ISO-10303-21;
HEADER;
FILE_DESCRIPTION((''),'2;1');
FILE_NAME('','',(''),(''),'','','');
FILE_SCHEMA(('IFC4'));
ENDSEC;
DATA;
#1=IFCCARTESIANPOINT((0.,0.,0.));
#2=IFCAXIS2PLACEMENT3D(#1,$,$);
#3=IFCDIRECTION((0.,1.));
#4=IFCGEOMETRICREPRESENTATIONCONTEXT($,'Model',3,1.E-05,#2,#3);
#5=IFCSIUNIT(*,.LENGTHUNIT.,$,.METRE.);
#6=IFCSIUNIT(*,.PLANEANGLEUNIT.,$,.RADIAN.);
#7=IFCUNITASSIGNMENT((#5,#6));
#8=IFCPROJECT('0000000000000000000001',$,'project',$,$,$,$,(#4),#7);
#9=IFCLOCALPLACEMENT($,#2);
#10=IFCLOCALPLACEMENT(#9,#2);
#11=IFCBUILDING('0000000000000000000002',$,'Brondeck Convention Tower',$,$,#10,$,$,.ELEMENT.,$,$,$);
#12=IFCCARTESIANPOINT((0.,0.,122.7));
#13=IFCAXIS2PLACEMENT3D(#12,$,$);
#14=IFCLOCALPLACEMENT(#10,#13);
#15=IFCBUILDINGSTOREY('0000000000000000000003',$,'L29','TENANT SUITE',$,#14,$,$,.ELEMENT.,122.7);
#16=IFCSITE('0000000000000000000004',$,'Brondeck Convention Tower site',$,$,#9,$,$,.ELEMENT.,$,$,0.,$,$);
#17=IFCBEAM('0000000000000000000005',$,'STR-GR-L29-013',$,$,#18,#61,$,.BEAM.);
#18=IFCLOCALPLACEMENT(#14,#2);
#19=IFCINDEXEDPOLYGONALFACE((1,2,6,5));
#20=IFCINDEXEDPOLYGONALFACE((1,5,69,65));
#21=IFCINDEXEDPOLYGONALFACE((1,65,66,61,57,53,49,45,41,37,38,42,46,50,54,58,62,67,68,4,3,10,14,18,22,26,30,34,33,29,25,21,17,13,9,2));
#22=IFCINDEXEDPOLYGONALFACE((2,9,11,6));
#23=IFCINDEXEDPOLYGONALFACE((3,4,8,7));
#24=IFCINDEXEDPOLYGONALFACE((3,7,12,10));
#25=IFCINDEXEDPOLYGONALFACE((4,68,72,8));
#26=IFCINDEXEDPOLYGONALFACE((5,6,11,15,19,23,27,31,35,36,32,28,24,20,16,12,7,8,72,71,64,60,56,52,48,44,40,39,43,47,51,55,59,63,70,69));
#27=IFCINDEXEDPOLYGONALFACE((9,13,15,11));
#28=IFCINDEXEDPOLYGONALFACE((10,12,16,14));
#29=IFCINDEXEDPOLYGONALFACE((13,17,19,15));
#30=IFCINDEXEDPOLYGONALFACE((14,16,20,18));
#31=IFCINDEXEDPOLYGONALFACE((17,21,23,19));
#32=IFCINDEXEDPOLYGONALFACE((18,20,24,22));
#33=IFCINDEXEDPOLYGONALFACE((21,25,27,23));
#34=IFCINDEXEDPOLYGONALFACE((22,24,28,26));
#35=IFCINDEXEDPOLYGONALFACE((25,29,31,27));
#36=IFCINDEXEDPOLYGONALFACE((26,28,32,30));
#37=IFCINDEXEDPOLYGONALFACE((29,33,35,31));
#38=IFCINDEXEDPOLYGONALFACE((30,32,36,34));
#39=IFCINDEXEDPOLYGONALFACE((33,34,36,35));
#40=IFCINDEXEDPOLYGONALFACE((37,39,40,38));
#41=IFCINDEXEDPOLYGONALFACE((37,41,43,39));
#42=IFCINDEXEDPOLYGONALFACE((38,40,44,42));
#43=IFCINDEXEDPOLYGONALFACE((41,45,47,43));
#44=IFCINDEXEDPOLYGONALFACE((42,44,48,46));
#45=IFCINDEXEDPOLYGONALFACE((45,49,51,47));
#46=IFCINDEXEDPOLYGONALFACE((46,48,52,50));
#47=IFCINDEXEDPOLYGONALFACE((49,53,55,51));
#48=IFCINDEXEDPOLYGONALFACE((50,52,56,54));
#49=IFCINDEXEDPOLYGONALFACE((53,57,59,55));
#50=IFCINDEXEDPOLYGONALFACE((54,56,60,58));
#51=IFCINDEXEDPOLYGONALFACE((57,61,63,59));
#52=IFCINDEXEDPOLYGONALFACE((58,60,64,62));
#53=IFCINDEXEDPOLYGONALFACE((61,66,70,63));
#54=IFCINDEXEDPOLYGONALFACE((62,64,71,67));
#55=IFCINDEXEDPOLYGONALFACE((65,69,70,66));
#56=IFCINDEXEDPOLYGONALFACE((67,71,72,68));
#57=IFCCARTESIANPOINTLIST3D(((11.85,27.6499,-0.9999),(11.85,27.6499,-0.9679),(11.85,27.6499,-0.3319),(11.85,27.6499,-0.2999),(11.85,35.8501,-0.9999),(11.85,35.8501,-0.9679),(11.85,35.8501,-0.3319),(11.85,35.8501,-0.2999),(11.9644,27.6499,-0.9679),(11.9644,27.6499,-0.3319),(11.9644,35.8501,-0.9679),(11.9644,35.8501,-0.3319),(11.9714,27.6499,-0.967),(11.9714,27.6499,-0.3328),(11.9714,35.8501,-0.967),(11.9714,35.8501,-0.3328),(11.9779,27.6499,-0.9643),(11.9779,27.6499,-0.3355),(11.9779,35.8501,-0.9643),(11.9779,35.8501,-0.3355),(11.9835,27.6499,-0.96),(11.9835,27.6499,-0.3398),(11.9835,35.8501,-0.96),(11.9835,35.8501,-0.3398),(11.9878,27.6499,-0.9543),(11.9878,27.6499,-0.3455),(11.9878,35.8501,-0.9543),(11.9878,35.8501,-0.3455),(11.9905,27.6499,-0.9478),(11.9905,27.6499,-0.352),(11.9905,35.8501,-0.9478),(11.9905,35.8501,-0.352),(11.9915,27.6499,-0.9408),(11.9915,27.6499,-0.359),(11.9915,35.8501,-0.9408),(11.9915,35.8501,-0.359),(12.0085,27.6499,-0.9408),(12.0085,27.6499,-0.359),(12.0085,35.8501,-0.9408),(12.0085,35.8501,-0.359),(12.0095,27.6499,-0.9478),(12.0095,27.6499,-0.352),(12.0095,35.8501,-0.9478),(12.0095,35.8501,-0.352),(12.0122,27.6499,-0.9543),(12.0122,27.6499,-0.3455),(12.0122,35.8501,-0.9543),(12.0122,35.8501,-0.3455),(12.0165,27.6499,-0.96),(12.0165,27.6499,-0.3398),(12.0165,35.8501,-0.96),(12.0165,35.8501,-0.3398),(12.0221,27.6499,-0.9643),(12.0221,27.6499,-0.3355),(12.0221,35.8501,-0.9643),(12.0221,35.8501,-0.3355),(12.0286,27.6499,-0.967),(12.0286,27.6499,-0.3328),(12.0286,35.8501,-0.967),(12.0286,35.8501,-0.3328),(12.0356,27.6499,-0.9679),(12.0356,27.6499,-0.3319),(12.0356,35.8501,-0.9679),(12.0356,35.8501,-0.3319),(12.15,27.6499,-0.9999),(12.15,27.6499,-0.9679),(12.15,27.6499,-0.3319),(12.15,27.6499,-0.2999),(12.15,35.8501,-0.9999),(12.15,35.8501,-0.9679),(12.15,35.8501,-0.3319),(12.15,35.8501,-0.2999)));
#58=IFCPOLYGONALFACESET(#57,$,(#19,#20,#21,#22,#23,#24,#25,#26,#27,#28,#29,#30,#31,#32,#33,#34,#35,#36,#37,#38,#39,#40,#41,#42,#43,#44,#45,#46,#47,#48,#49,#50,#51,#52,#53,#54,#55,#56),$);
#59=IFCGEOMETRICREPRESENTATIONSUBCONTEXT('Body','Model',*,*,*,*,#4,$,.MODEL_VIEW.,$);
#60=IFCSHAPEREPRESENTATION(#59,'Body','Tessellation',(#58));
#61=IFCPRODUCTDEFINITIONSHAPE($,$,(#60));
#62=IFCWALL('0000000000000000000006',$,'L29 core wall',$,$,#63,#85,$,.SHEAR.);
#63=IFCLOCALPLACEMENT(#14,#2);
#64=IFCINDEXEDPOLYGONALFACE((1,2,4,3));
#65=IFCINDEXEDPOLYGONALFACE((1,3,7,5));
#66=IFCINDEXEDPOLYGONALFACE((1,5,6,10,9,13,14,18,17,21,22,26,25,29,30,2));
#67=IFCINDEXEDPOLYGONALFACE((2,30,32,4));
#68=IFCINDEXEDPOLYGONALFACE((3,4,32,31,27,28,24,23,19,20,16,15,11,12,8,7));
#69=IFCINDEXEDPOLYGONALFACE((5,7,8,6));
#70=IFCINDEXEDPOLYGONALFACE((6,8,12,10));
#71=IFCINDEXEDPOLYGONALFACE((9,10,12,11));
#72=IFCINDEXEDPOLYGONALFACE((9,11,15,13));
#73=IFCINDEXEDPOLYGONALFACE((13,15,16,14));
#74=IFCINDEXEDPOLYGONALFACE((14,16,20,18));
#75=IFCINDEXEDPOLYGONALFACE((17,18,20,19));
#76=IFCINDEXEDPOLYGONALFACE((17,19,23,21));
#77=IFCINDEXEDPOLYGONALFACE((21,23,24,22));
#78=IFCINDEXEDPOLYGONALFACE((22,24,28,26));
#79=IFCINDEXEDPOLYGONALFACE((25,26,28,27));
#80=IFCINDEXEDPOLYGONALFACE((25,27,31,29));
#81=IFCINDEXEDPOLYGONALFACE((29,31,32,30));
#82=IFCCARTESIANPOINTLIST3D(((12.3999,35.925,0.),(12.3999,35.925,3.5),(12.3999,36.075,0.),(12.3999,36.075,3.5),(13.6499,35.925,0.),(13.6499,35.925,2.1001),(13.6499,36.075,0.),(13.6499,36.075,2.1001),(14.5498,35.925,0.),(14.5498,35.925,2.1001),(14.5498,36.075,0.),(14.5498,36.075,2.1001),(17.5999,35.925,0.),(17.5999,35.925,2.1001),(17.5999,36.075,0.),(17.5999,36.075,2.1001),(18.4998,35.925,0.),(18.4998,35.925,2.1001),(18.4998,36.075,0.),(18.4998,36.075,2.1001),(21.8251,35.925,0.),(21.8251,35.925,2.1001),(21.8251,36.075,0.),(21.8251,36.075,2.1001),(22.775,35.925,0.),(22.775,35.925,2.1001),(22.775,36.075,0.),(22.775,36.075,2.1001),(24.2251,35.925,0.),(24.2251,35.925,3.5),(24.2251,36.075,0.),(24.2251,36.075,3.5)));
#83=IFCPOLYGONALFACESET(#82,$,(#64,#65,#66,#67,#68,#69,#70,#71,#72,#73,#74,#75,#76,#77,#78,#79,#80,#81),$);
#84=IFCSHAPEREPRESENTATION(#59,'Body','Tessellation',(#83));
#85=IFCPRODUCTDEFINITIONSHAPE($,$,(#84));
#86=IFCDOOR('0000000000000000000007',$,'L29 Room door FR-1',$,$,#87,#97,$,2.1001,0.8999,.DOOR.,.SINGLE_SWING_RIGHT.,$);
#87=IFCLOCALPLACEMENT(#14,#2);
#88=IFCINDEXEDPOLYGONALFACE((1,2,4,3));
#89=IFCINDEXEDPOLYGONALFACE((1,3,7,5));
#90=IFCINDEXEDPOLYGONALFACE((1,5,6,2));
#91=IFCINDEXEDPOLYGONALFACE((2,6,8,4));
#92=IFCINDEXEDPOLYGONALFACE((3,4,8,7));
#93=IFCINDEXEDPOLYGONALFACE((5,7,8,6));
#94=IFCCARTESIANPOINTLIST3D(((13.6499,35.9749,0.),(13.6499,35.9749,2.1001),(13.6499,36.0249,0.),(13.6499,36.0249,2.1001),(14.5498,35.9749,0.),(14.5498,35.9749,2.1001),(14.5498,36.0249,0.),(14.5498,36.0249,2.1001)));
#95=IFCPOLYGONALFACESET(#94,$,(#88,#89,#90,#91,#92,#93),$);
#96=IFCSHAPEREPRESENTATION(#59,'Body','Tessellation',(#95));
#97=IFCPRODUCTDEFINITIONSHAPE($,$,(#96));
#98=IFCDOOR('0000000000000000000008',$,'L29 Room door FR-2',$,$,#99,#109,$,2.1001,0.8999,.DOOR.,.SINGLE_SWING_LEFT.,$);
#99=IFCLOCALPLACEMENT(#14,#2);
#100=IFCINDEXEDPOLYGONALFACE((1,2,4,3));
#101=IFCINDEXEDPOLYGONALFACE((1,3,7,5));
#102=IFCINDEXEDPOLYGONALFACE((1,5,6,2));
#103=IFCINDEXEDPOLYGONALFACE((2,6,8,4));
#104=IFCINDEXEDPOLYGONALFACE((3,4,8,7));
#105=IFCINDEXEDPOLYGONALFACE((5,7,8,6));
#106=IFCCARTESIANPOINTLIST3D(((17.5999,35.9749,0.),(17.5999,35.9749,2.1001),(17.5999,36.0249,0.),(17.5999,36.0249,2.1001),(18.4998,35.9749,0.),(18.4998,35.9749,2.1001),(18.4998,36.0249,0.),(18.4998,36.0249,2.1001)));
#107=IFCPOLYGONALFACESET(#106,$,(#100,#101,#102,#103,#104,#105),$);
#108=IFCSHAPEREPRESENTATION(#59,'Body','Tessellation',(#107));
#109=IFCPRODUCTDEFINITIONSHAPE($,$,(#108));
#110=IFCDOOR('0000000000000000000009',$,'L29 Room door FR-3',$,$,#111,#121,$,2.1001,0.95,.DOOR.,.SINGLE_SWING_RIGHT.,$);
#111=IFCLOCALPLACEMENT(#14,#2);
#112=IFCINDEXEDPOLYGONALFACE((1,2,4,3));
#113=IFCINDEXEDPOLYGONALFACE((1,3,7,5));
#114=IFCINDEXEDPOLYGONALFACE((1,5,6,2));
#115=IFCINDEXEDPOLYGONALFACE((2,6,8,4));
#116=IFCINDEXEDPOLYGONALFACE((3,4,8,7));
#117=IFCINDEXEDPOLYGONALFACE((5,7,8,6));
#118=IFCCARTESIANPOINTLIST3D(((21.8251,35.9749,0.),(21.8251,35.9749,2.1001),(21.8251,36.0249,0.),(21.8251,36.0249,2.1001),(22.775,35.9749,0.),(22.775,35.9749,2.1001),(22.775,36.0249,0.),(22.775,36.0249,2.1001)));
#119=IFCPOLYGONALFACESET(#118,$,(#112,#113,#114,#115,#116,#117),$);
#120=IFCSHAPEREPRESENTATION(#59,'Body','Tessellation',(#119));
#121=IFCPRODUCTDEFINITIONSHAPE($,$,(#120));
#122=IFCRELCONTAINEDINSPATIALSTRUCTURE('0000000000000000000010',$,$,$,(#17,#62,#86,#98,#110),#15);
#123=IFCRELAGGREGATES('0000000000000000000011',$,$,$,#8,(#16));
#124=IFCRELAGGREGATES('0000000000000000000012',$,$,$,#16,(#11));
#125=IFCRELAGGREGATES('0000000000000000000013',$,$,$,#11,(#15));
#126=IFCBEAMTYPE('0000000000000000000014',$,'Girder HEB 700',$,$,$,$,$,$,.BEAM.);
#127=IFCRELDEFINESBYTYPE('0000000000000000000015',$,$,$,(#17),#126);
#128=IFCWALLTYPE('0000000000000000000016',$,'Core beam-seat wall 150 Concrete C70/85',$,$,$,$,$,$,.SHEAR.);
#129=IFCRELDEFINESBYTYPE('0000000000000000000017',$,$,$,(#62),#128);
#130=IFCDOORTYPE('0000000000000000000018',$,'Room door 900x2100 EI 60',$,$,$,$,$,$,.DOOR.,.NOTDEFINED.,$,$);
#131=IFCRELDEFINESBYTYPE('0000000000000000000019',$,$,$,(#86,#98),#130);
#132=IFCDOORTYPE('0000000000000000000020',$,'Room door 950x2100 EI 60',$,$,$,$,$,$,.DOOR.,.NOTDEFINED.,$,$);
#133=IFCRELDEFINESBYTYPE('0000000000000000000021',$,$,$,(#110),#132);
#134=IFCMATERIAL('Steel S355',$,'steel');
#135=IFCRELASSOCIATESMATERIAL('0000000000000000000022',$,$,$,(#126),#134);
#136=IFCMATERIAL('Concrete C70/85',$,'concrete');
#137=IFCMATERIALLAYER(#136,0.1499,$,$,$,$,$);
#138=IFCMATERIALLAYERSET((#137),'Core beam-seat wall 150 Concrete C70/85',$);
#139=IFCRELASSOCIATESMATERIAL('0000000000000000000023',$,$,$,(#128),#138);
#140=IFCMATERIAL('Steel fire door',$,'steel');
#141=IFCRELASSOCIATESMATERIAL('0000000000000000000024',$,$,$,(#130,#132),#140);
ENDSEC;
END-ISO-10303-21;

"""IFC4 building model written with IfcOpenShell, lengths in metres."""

from ifc_helpers import new_model, si_unit, direction, frame, frame_2d, origin, origin_2d, place, context, subcontext, project, spatial, rectangle, i_section, extrude, material, layer, layer_set, material_profile, profile_set, type_object, element, fill, save


model = new_model("IFC4")

# Units and contexts
model_context = context("Model", 3, precision=1e-05, world=origin(), true_north=direction((0.0, 1.0)))
body_context = subcontext(model_context, "Body", "Model", "MODEL_VIEW")
ifc_project = project(units=[si_unit("LENGTHUNIT", "METRE"), si_unit("PLANEANGLEUNIT", "RADIAN")], contexts=[model_context])

# Site, building, storey
site_placement = place(None, origin())
site = spatial("IfcSite", under=ifc_project, at=site_placement, Name="Brondeck Convention Tower site", CompositionType="ELEMENT", RefElevation=0.0)
building_placement = place(site_placement, origin())
building = spatial("IfcBuilding", under=site, at=building_placement, Name="Brondeck Convention Tower", CompositionType="ELEMENT")
storey_placement = place(building_placement, frame((0.0, 0.0, 122.7)))
storey = spatial("IfcBuildingStorey", under=building, at=storey_placement, Name="L29", Description="TENANT SUITE", CompositionType="ELEMENT", Elevation=122.7)

# Beam
ifc_material_1 = material(Name="Steel S355", Category="steel")
ifc_material_profile = material_profile(ifc_material_1, i_section(OverallWidth=0.3, OverallDepth=0.7, WebThickness=0.0171, FlangeThickness=0.032, FilletRadius=0.0271, at=origin_2d()), Name="HEB 700")
ifc_profile_set = profile_set([ifc_material_profile], Name="Steel S355")
beam_type = type_object("IfcBeamType", Name="Girder HEB 700", PredefinedType="BEAM", material=ifc_profile_set)
beam_placement = place(storey_placement, frame((12.0, 35.8501, -0.6499), z_axis=(0.0, -1.0, 0.0), x_axis=(1.0, 0.0, 0.0)))
element("IfcBeam", 1, at=beam_placement, inside=storey, type_object=beam_type, Name="STR-GR-L29-013", PredefinedType="BEAM", context=body_context, shape_type="SweptSolid", body=[
    extrude(i_section(OverallWidth=0.3, OverallDepth=0.7, WebThickness=0.0171, FlangeThickness=0.032, FilletRadius=0.0271, at=origin_2d()), origin(), (0.0, 0.0, 1.0), 8.2002),
])

# Wall, openings, doors
ifc_material_2 = material(Name="Concrete C70/85", Category="concrete")
ifc_layer_1 = layer(ifc_material_2, 0.1499)
ifc_layer_set_1 = layer_set([ifc_layer_1], Name="Core beam-seat wall 150 Concrete C70/85")
wall_type_1 = type_object("IfcWallType", Name="Core beam-seat wall 150 Concrete C70/85", PredefinedType="SHEAR", material=ifc_layer_set_1)
wall_1_placement = place(storey_placement, frame((12.3999, 36.0, 0.0), z_axis=(0.0, 0.0, 1.0), x_axis=(1.0, 0.0, 0.0)))
wall_1 = element("IfcWall", 2, at=wall_1_placement, inside=storey, type_object=wall_type_1, Name="L29 core wall", PredefinedType="SHEAR", context=body_context, shape_type="SweptSolid", body=[
    extrude(rectangle(XDim=11.8252, YDim=0.1499, at=frame_2d((5.9126, 0.0))), origin(), (0.0, 0.0, 1.0), 3.5),
])
opening_1_placement = place(wall_1_placement, frame((1.25, 0.0, 0.0)))
opening_1 = element("IfcOpeningElement", 3, at=opening_1_placement, cuts=wall_1, PredefinedType="OPENING", context=body_context, shape_type="SweptSolid", body=[
    extrude(rectangle(XDim=0.8999, YDim=2.1001, at=frame_2d((0.45, 1.05))), frame((0.0, 0.085, 0.0), z_axis=(0.0, -1.0, 0.0), x_axis=(1.0, 0.0, 0.0)), (0.0, 0.0, 1.0), 0.1699),
])
opening_2_placement = place(wall_1_placement, frame((5.2, 0.0, 0.0)))
opening_2 = element("IfcOpeningElement", 4, at=opening_2_placement, cuts=wall_1, PredefinedType="OPENING", context=body_context, shape_type="SweptSolid", body=[
    extrude(rectangle(XDim=0.8999, YDim=2.1001, at=frame_2d((0.45, 1.05))), frame((0.0, 0.085, 0.0), z_axis=(0.0, -1.0, 0.0), x_axis=(1.0, 0.0, 0.0)), (0.0, 0.0, 1.0), 0.1699),
])
opening_3_placement = place(wall_1_placement, frame((9.425, 0.0, 0.0)))
opening_3 = element("IfcOpeningElement", 5, at=opening_3_placement, cuts=wall_1, PredefinedType="OPENING", context=body_context, shape_type="SweptSolid", body=[
    extrude(rectangle(XDim=0.95, YDim=2.1001, at=frame_2d((0.4751, 1.05))), frame((0.0, 0.085, 0.0), z_axis=(0.0, -1.0, 0.0), x_axis=(1.0, 0.0, 0.0)), (0.0, 0.0, 1.0), 0.1699),
])
ifc_material_3 = material(Name="Steel fire door", Category="steel")
door_type_1 = type_object("IfcDoorType", Name="Room door 900x2100 EI 60", OperationType="NOTDEFINED", PredefinedType="DOOR", material=ifc_material_3)
door_1_placement = place(opening_1_placement, origin())
door_1 = element("IfcDoor", 6, at=door_1_placement, inside=storey, type_object=door_type_1, Name="L29 Room door FR-1", OperationType="SINGLE_SWING_RIGHT", OverallHeight=2.1001, OverallWidth=0.8999, PredefinedType="DOOR", context=body_context, shape_type="SweptSolid", body=[
    extrude(rectangle(XDim=0.8999, YDim=2.1001, at=frame_2d((0.45, 1.05))), frame((0.0, 0.0249, 0.0), z_axis=(0.0, -1.0, 0.0), x_axis=(1.0, 0.0, 0.0)), (0.0, 0.0, 1.0), 0.05),
])
fill(opening_1, door_1)
door_2_placement = place(opening_2_placement, origin())
door_2 = element("IfcDoor", 7, at=door_2_placement, inside=storey, type_object=door_type_1, Name="L29 Room door FR-2", OperationType="SINGLE_SWING_LEFT", OverallHeight=2.1001, OverallWidth=0.8999, PredefinedType="DOOR", context=body_context, shape_type="SweptSolid", body=[
    extrude(rectangle(XDim=0.8999, YDim=2.1001, at=frame_2d((0.45, 1.05))), frame((0.0, 0.0249, 0.0), z_axis=(0.0, -1.0, 0.0), x_axis=(1.0, 0.0, 0.0)), (0.0, 0.0, 1.0), 0.05),
])
fill(opening_2, door_2)
door_type_2 = type_object("IfcDoorType", Name="Room door 950x2100 EI 60", OperationType="NOTDEFINED", PredefinedType="DOOR", material=ifc_material_3)
door_3_placement = place(opening_3_placement, origin())
door_3 = element("IfcDoor", 8, at=door_3_placement, inside=storey, type_object=door_type_2, Name="L29 Room door FR-3", OperationType="SINGLE_SWING_RIGHT", OverallHeight=2.1001, OverallWidth=0.95, PredefinedType="DOOR", context=body_context, shape_type="SweptSolid", body=[
    extrude(rectangle(XDim=0.95, YDim=2.1001, at=frame_2d((0.4751, 1.05))), frame((0.0, 0.0249, 0.0), z_axis=(0.0, -1.0, 0.0), x_axis=(1.0, 0.0, 0.0)), (0.0, 0.0, 1.0), 0.05),
])
fill(opening_3, door_3)

save(model, "model.ifc")
